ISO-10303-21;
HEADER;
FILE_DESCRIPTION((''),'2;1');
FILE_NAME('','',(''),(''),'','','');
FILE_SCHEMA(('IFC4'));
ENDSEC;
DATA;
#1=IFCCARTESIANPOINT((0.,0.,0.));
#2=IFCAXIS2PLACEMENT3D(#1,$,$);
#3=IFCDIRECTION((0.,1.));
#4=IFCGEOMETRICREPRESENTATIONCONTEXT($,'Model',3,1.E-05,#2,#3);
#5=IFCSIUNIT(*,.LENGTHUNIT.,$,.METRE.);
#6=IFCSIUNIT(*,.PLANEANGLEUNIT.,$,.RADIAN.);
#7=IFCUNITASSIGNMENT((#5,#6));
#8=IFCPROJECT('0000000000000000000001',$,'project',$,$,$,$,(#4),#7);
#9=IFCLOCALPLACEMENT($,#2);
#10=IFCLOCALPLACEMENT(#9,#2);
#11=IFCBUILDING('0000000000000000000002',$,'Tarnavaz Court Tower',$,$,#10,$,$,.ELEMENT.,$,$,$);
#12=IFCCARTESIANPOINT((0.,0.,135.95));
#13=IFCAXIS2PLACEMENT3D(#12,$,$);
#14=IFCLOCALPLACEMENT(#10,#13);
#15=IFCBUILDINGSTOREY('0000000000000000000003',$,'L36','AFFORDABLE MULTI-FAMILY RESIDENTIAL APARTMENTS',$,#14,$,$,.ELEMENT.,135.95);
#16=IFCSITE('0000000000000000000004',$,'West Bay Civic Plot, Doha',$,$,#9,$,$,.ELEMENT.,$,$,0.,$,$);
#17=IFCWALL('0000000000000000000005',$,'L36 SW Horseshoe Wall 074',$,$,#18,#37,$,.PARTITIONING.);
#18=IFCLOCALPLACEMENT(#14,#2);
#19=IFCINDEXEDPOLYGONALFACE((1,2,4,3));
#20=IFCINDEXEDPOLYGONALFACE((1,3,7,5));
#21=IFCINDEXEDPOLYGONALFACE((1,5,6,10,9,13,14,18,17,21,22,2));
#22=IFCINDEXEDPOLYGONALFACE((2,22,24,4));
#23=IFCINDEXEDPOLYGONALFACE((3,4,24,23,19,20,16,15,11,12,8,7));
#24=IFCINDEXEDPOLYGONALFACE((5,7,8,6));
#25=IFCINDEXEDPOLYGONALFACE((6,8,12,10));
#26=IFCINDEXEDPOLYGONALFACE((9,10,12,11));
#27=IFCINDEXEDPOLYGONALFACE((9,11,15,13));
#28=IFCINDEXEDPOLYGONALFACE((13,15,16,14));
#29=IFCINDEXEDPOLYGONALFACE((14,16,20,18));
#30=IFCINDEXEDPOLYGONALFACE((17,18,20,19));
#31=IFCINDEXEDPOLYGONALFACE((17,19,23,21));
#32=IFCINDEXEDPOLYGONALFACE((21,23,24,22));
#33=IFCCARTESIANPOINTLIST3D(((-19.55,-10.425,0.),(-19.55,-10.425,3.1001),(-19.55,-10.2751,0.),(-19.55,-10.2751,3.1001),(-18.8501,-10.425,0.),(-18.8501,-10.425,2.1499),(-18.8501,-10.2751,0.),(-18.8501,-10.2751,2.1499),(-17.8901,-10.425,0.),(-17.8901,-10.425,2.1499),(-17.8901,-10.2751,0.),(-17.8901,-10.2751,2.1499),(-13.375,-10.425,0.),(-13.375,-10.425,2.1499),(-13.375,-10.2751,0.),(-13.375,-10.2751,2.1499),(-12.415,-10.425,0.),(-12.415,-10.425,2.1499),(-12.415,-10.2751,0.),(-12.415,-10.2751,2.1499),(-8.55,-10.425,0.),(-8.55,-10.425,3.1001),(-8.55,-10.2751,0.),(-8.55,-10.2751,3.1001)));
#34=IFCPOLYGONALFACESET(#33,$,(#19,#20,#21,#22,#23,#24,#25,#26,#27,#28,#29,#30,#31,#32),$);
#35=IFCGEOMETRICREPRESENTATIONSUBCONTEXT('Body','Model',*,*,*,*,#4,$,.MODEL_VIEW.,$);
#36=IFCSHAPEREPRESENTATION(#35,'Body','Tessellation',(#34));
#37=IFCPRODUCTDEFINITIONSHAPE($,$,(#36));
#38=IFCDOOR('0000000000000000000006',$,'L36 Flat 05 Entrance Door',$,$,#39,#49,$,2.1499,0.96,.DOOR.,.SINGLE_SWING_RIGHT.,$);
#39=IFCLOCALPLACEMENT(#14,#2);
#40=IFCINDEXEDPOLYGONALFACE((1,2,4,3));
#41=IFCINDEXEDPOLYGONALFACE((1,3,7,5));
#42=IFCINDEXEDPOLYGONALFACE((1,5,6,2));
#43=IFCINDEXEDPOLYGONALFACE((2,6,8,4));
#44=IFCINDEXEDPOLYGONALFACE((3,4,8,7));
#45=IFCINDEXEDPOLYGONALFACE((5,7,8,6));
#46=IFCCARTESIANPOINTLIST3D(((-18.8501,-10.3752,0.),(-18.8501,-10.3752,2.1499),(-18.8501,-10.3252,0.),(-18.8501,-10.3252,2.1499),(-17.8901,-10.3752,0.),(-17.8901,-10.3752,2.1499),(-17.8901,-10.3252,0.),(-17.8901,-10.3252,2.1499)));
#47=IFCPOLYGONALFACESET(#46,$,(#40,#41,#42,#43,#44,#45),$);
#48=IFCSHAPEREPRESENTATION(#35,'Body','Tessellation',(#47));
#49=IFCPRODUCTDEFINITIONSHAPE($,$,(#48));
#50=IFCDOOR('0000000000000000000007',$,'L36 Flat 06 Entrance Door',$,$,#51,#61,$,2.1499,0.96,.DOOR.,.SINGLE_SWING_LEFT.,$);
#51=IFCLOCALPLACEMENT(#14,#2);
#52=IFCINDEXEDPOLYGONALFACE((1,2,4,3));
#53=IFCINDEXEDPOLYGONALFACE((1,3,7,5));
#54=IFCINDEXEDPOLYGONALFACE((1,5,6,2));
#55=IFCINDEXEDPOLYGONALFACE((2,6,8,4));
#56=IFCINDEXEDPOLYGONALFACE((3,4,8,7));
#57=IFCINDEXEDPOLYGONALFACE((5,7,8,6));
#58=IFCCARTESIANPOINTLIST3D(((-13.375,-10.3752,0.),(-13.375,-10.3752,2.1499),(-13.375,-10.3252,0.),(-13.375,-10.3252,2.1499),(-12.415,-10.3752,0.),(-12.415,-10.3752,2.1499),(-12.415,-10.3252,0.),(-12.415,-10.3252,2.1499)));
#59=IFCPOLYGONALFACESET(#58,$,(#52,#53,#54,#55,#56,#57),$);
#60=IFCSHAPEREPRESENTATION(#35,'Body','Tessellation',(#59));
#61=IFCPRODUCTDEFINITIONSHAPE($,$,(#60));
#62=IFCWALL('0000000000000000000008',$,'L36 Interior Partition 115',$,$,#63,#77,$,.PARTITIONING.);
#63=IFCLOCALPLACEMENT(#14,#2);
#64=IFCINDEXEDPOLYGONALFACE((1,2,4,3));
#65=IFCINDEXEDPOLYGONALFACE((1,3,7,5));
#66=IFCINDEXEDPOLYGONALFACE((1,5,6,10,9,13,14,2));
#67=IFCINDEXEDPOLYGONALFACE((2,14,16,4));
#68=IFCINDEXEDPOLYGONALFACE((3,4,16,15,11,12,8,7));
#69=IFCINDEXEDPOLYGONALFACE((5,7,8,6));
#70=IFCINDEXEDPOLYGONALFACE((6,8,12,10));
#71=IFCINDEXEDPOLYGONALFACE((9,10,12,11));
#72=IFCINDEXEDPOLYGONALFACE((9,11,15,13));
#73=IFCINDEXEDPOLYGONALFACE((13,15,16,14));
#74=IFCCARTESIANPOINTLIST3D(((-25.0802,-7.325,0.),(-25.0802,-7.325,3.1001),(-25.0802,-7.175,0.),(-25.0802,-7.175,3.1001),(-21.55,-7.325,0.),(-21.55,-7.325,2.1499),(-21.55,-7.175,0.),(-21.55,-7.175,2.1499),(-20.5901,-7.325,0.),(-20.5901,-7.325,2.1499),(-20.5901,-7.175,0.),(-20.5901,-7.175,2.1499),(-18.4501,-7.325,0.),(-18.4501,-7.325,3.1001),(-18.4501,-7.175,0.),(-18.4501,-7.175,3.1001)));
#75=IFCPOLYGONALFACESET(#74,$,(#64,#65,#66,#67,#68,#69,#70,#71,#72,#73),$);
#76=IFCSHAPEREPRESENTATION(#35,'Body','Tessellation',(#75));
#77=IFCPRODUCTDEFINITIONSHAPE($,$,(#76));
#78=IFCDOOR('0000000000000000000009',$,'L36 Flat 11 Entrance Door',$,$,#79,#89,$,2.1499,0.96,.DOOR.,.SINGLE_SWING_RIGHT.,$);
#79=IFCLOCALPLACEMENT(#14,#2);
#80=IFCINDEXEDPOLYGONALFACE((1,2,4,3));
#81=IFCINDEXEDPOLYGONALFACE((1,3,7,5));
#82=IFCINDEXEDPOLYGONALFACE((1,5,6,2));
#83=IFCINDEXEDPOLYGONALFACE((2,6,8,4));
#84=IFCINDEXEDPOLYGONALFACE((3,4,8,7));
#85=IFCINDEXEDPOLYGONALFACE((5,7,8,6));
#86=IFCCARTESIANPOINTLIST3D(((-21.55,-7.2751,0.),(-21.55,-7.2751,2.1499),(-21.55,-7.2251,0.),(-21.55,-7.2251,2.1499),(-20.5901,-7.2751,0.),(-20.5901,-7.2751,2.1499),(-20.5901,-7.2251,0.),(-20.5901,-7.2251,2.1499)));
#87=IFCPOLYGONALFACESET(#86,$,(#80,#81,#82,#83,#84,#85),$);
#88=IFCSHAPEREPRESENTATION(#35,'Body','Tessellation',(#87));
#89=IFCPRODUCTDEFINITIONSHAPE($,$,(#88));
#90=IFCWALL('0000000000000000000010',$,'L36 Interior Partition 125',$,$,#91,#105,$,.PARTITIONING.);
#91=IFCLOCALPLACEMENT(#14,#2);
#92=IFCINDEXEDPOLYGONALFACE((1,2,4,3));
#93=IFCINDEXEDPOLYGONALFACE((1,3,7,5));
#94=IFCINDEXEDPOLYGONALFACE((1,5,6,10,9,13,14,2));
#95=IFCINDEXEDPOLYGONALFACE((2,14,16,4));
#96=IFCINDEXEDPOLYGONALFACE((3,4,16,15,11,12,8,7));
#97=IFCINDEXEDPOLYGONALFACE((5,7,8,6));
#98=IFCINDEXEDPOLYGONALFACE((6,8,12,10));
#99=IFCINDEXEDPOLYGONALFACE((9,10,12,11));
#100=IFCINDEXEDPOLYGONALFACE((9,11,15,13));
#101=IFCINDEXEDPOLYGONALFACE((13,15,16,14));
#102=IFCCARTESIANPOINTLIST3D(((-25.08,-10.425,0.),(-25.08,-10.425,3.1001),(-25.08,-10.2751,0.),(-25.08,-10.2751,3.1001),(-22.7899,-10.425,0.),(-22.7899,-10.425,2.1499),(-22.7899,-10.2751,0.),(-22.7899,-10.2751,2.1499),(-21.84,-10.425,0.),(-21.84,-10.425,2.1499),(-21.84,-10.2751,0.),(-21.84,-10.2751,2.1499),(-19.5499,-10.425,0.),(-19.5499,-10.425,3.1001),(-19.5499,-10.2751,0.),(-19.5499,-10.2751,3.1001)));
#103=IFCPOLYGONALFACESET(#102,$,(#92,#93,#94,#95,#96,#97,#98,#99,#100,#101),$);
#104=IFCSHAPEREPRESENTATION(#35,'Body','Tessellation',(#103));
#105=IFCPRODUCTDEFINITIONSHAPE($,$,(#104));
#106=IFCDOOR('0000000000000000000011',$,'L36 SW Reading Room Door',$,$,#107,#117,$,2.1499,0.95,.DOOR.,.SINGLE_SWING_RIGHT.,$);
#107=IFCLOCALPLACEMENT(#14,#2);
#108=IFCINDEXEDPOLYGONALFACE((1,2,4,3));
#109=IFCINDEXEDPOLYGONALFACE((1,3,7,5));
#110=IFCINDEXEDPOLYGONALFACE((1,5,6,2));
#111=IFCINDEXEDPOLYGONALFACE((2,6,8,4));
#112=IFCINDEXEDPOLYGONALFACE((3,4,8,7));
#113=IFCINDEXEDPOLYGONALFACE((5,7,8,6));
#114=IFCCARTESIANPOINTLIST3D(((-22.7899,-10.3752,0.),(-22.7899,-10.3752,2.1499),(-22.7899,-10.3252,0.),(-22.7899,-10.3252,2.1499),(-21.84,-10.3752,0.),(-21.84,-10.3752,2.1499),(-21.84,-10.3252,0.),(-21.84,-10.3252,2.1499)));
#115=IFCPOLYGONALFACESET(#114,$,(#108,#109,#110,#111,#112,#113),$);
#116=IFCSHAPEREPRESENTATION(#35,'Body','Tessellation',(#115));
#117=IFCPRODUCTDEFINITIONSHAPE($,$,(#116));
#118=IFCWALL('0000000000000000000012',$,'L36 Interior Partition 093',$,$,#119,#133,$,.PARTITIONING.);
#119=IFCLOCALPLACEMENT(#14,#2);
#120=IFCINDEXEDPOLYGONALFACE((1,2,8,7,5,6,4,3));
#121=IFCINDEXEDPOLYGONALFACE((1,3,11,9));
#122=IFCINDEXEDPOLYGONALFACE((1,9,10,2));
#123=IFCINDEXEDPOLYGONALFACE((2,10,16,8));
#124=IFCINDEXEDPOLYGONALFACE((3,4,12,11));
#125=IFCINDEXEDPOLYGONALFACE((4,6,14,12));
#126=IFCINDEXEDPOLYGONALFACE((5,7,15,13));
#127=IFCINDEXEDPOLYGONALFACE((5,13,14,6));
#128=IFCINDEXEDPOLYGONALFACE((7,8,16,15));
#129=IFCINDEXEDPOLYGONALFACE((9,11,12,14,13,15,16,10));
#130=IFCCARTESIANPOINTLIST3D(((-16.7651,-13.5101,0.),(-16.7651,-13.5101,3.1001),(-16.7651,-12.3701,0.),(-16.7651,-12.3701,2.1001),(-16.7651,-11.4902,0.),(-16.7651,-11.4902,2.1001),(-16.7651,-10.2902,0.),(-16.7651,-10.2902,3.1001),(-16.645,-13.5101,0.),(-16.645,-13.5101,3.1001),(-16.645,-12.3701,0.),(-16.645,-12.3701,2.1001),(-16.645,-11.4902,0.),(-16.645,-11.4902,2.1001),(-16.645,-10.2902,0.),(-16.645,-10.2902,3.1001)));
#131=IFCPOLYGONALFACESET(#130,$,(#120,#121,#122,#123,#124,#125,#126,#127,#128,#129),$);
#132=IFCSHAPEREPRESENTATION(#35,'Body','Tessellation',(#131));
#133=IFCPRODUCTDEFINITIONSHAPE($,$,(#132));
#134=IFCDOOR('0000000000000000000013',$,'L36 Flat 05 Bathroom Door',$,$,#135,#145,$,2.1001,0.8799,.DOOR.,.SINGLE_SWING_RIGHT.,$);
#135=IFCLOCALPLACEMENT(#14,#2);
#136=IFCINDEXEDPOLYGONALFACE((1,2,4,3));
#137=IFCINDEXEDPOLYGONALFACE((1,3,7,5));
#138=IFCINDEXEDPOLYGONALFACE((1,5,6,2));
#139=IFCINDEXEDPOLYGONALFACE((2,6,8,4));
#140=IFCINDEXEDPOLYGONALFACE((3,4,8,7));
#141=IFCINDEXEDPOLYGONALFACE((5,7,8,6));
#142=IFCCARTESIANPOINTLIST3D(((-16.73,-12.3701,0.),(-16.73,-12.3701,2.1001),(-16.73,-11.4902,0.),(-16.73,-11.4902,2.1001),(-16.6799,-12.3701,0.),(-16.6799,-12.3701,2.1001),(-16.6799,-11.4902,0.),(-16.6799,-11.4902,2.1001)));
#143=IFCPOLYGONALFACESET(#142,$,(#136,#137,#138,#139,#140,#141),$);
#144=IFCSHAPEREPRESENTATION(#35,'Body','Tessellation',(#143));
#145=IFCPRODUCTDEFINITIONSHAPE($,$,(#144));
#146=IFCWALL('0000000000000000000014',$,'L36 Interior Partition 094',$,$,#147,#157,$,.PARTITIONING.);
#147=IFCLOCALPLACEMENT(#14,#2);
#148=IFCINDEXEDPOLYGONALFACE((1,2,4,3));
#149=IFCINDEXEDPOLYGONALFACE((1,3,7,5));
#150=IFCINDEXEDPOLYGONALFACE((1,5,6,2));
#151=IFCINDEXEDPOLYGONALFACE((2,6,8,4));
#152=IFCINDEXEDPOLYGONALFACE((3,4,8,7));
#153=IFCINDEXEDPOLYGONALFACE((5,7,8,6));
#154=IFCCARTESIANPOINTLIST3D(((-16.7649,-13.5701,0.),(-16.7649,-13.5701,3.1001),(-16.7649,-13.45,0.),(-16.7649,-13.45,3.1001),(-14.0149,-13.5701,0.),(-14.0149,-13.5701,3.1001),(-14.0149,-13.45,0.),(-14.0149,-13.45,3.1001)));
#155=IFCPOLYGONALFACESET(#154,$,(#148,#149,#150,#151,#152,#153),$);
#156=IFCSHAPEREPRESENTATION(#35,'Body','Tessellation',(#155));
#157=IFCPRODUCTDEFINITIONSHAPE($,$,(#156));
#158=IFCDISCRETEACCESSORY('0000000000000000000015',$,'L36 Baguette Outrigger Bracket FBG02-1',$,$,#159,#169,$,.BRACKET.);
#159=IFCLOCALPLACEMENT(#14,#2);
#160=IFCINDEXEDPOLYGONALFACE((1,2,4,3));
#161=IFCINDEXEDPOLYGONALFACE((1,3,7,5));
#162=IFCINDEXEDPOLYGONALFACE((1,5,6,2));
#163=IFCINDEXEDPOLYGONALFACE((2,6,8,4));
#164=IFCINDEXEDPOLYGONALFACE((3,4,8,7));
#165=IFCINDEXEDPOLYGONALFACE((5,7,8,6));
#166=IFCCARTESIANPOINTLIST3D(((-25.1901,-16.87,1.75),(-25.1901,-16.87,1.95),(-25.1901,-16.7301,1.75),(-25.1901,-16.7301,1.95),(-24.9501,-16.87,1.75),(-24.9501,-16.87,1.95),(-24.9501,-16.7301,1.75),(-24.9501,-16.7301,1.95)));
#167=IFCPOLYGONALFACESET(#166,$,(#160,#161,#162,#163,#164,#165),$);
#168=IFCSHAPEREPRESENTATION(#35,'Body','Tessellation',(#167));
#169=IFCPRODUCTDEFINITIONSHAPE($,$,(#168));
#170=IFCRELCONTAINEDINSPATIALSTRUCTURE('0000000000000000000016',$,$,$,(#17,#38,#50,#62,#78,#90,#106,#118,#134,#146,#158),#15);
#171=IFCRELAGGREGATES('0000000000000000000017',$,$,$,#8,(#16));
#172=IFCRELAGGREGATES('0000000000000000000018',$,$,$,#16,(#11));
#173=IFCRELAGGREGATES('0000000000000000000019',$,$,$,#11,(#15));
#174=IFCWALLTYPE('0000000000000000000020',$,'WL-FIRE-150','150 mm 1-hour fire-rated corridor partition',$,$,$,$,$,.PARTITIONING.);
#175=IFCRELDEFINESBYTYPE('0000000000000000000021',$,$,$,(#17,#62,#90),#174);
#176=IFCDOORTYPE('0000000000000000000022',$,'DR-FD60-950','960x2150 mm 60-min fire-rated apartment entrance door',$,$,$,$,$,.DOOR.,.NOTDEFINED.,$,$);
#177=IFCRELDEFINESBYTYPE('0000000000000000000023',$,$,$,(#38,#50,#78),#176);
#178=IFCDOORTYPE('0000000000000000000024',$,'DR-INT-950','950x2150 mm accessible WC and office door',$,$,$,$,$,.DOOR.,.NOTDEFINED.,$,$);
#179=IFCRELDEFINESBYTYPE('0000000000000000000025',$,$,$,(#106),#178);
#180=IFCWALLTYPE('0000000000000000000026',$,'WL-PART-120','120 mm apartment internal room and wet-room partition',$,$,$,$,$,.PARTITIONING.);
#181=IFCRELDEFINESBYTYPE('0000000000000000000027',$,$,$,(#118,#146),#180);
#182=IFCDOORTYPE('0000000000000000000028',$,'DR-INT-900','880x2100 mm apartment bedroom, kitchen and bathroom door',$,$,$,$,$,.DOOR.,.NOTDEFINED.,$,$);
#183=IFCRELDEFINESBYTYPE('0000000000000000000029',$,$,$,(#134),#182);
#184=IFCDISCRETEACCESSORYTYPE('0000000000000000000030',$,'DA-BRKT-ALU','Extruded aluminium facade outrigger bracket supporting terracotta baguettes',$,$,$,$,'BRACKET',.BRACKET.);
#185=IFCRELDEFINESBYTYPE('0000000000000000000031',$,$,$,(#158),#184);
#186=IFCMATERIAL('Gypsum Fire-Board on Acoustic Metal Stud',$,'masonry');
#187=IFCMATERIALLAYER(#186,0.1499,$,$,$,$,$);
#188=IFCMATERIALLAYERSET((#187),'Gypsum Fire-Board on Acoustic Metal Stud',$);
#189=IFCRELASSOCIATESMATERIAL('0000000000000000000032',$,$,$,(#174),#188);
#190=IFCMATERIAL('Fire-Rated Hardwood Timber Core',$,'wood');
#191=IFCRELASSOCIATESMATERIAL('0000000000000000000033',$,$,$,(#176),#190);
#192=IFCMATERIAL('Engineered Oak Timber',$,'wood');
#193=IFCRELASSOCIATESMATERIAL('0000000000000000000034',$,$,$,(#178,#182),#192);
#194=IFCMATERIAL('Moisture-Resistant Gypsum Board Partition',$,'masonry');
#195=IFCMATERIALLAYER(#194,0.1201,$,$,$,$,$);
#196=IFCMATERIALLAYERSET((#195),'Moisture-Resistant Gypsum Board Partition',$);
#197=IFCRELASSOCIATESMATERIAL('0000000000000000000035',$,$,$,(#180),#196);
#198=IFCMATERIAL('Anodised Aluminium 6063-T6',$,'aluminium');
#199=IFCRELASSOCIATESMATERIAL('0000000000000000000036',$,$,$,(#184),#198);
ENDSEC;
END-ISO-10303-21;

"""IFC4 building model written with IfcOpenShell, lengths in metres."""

from ifc_helpers import new_model, si_unit, direction, frame, frame_2d, origin, origin_2d, place, context, subcontext, project, spatial, rectangle, extrude, material, layer, layer_set, type_object, element, fill, save


model = new_model("IFC4")

# Units and contexts
model_context = context("Model", 3, precision=1e-05, world=origin(), true_north=direction((0.0, 1.0)))
body_context = subcontext(model_context, "Body", "Model", "MODEL_VIEW")
ifc_project = project(units=[si_unit("LENGTHUNIT", "METRE"), si_unit("PLANEANGLEUNIT", "RADIAN")], contexts=[model_context])

# Site, building, storey
site_placement = place(None, origin())
site = spatial("IfcSite", under=ifc_project, at=site_placement, Name="West Bay Civic Plot, Doha", CompositionType="ELEMENT", RefElevation=0.0)
building_placement = place(site_placement, origin())
building = spatial("IfcBuilding", under=site, at=building_placement, Name="Tarnavaz Court Tower", CompositionType="ELEMENT")
storey_placement = place(building_placement, frame((0.0, 0.0, 135.95)))
storey = spatial("IfcBuildingStorey", under=building, at=storey_placement, Name="L36", Description="AFFORDABLE MULTI-FAMILY RESIDENTIAL APARTMENTS", CompositionType="ELEMENT", Elevation=135.95)

# Wall, openings, doors
ifc_material_1 = material(Name="Gypsum Fire-Board on Acoustic Metal Stud", Category="masonry")
ifc_layer_1 = layer(ifc_material_1, 0.1499)
ifc_layer_set_1 = layer_set([ifc_layer_1], Name="Gypsum Fire-Board on Acoustic Metal Stud")
wall_type_1 = type_object("IfcWallType", Name="WL-FIRE-150", Description="150 mm 1-hour fire-rated corridor partition", PredefinedType="PARTITIONING", material=ifc_layer_set_1)
wall_1_placement = place(storey_placement, frame((-19.55, -10.3501, 0.0), z_axis=(0.0, 0.0, 1.0), x_axis=(1.0, 0.0, 0.0)))
wall_1 = element("IfcWall", 1, at=wall_1_placement, inside=storey, type_object=wall_type_1, Name="L36 SW Horseshoe Wall 074", PredefinedType="PARTITIONING", context=body_context, shape_type="SweptSolid", body=[
    extrude(rectangle(XDim=11.0, YDim=0.1499, at=frame_2d((5.5, 0.0))), origin(), (0.0, 0.0, 1.0), 3.1001),
])
opening_1_placement = place(wall_1_placement, frame((0.7, 0.0, 0.0)))
opening_1 = element("IfcOpeningElement", 2, at=opening_1_placement, cuts=wall_1, PredefinedType="OPENING", context=body_context, shape_type="SweptSolid", body=[
    extrude(rectangle(XDim=0.96, YDim=2.1499, at=frame_2d((0.48, 1.075))), frame((0.0, 0.085, 0.0), z_axis=(0.0, -1.0, 0.0), x_axis=(1.0, 0.0, 0.0)), (0.0, 0.0, 1.0), 0.1699),
])
opening_2_placement = place(wall_1_placement, frame((6.175, 0.0, 0.0)))
opening_2 = element("IfcOpeningElement", 3, at=opening_2_placement, cuts=wall_1, PredefinedType="OPENING", context=body_context, shape_type="SweptSolid", body=[
    extrude(rectangle(XDim=0.96, YDim=2.1499, at=frame_2d((0.48, 1.075))), frame((0.0, 0.085, 0.0), z_axis=(0.0, -1.0, 0.0), x_axis=(1.0, 0.0, 0.0)), (0.0, 0.0, 1.0), 0.1699),
])
ifc_material_2 = material(Name="Fire-Rated Hardwood Timber Core", Category="wood")
door_type_1 = type_object("IfcDoorType", Name="DR-FD60-950", Description="960x2150 mm 60-min fire-rated apartment entrance door", OperationType="NOTDEFINED", PredefinedType="DOOR", material=ifc_material_2)
door_1_placement = place(opening_1_placement, origin())
door_1 = element("IfcDoor", 4, at=door_1_placement, inside=storey, type_object=door_type_1, Name="L36 Flat 05 Entrance Door", OperationType="SINGLE_SWING_RIGHT", OverallHeight=2.1499, OverallWidth=0.96, PredefinedType="DOOR", context=body_context, shape_type="SweptSolid", body=[
    extrude(rectangle(XDim=0.96, YDim=2.1499, at=frame_2d((0.48, 1.075))), frame((0.0, 0.0249, 0.0), z_axis=(0.0, -1.0, 0.0), x_axis=(1.0, 0.0, 0.0)), (0.0, 0.0, 1.0), 0.05),
])
fill(opening_1, door_1)
door_2_placement = place(opening_2_placement, origin())
door_2 = element("IfcDoor", 5, at=door_2_placement, inside=storey, type_object=door_type_1, Name="L36 Flat 06 Entrance Door", OperationType="SINGLE_SWING_LEFT", OverallHeight=2.1499, OverallWidth=0.96, PredefinedType="DOOR", context=body_context, shape_type="SweptSolid", body=[
    extrude(rectangle(XDim=0.96, YDim=2.1499, at=frame_2d((0.48, 1.075))), frame((0.0, 0.0249, 0.0), z_axis=(0.0, -1.0, 0.0), x_axis=(1.0, 0.0, 0.0)), (0.0, 0.0, 1.0), 0.05),
])
fill(opening_2, door_2)

# Walls, openings, doors
wall_2_placement = place(storey_placement, frame((-25.0801, -7.25, 0.0), z_axis=(0.0, 0.0, 1.0), x_axis=(1.0, 0.0, 0.0)))
wall_2 = element("IfcWall", 6, at=wall_2_placement, inside=storey, type_object=wall_type_1, Name="L36 Interior Partition 115", PredefinedType="PARTITIONING", context=body_context, shape_type="SweptSolid", body=[
    extrude(rectangle(XDim=6.6301, YDim=0.1499, at=frame_2d((3.3149, 0.0))), origin(), (0.0, 0.0, 1.0), 3.1001),
])
opening_3_placement = place(wall_2_placement, frame((3.53, 0.0, 0.0)))
opening_3 = element("IfcOpeningElement", 7, at=opening_3_placement, cuts=wall_2, PredefinedType="OPENING", context=body_context, shape_type="SweptSolid", body=[
    extrude(rectangle(XDim=0.96, YDim=2.1499, at=frame_2d((0.48, 1.075))), frame((0.0, 0.085, 0.0), z_axis=(0.0, -1.0, 0.0), x_axis=(1.0, 0.0, 0.0)), (0.0, 0.0, 1.0), 0.1699),
])
door_3_placement = place(opening_3_placement, origin())
door_3 = element("IfcDoor", 8, at=door_3_placement, inside=storey, type_object=door_type_1, Name="L36 Flat 11 Entrance Door", OperationType="SINGLE_SWING_RIGHT", OverallHeight=2.1499, OverallWidth=0.96, PredefinedType="DOOR", context=body_context, shape_type="SweptSolid", body=[
    extrude(rectangle(XDim=0.96, YDim=2.1499, at=frame_2d((0.48, 1.075))), frame((0.0, 0.0249, 0.0), z_axis=(0.0, -1.0, 0.0), x_axis=(1.0, 0.0, 0.0)), (0.0, 0.0, 1.0), 0.05),
])
fill(opening_3, door_3)
wall_3_placement = place(storey_placement, frame((-25.0801, -10.3501, 0.0), z_axis=(0.0, 0.0, 1.0), x_axis=(1.0, 0.0, 0.0)))
wall_3 = element("IfcWall", 9, at=wall_3_placement, inside=storey, type_object=wall_type_1, Name="L36 Interior Partition 125", PredefinedType="PARTITIONING", context=body_context, shape_type="SweptSolid", body=[
    extrude(rectangle(XDim=5.53, YDim=0.1499, at=frame_2d((2.7651, 0.0))), origin(), (0.0, 0.0, 1.0), 3.1001),
])
opening_4_placement = place(wall_3_placement, frame((2.29, 0.0, 0.0)))
opening_4 = element("IfcOpeningElement", 10, at=opening_4_placement, cuts=wall_3, PredefinedType="OPENING", context=body_context, shape_type="SweptSolid", body=[
    extrude(rectangle(XDim=0.95, YDim=2.1499, at=frame_2d((0.4751, 1.075))), frame((0.0, 0.085, 0.0), z_axis=(0.0, -1.0, 0.0), x_axis=(1.0, 0.0, 0.0)), (0.0, 0.0, 1.0), 0.1699),
])
ifc_material_3 = material(Name="Engineered Oak Timber", Category="wood")
door_type_2 = type_object("IfcDoorType", Name="DR-INT-950", Description="950x2150 mm accessible WC and office door", OperationType="NOTDEFINED", PredefinedType="DOOR", material=ifc_material_3)
door_4_placement = place(opening_4_placement, origin())
door_4 = element("IfcDoor", 11, at=door_4_placement, inside=storey, type_object=door_type_2, Name="L36 SW Reading Room Door", OperationType="SINGLE_SWING_RIGHT", OverallHeight=2.1499, OverallWidth=0.95, PredefinedType="DOOR", context=body_context, shape_type="SweptSolid", body=[
    extrude(rectangle(XDim=0.95, YDim=2.1499, at=frame_2d((0.4751, 1.075))), frame((0.0, 0.0249, 0.0), z_axis=(0.0, -1.0, 0.0), x_axis=(1.0, 0.0, 0.0)), (0.0, 0.0, 1.0), 0.05),
])
fill(opening_4, door_4)
ifc_material_4 = material(Name="Moisture-Resistant Gypsum Board Partition", Category="masonry")
ifc_layer_2 = layer(ifc_material_4, 0.1201)
ifc_layer_set_2 = layer_set([ifc_layer_2], Name="Moisture-Resistant Gypsum Board Partition")
wall_type_2 = type_object("IfcWallType", Name="WL-PART-120", Description="120 mm apartment internal room and wet-room partition", PredefinedType="PARTITIONING", material=ifc_layer_set_2)
wall_4_placement = place(storey_placement, frame((-16.7051, -13.51, 0.0), z_axis=(0.0, 0.0, 1.0), x_axis=(0.0, 1.0, 0.0)))
wall_4 = element("IfcWall", 12, at=wall_4_placement, inside=storey, type_object=wall_type_2, Name="L36 Interior Partition 093", PredefinedType="PARTITIONING", context=body_context, shape_type="SweptSolid", body=[
    extrude(rectangle(XDim=3.22, YDim=0.1201, at=frame_2d((1.6099, 0.0))), origin(), (0.0, 0.0, 1.0), 3.1001),
])
opening_5_placement = place(wall_4_placement, frame((1.1399, 0.0, 0.0)))
opening_5 = element("IfcOpeningElement", 13, at=opening_5_placement, cuts=wall_4, PredefinedType="OPENING", context=body_context, shape_type="SweptSolid", body=[
    extrude(rectangle(XDim=0.8799, YDim=2.1001, at=frame_2d((0.4399, 1.05))), frame((0.0, 0.0701, 0.0), z_axis=(0.0, -1.0, 0.0), x_axis=(1.0, 0.0, 0.0)), (0.0, 0.0, 1.0), 0.1401),
])
door_type_3 = type_object("IfcDoorType", Name="DR-INT-900", Description="880x2100 mm apartment bedroom, kitchen and bathroom door", OperationType="NOTDEFINED", PredefinedType="DOOR", material=ifc_material_3)
door_5_placement = place(opening_5_placement, origin())
door_5 = element("IfcDoor", 14, at=door_5_placement, inside=storey, type_object=door_type_3, Name="L36 Flat 05 Bathroom Door", OperationType="SINGLE_SWING_RIGHT", OverallHeight=2.1001, OverallWidth=0.8799, PredefinedType="DOOR", context=body_context, shape_type="SweptSolid", body=[
    extrude(rectangle(XDim=0.8799, YDim=2.1001, at=frame_2d((0.4399, 1.05))), frame((0.0, 0.0249, 0.0), z_axis=(0.0, -1.0, 0.0), x_axis=(1.0, 0.0, 0.0)), (0.0, 0.0, 1.0), 0.05),
])
fill(opening_5, door_5)

# Wall
wall_5_placement = place(storey_placement, frame((-16.7649, -13.51, 0.0), z_axis=(0.0, 0.0, 1.0), x_axis=(1.0, 0.0, 0.0)))
element("IfcWall", 15, at=wall_5_placement, inside=storey, type_object=wall_type_2, Name="L36 Interior Partition 094", PredefinedType="PARTITIONING", context=body_context, shape_type="SweptSolid", body=[
    extrude(rectangle(XDim=2.75, YDim=0.1201, at=frame_2d((1.375, 0.0))), origin(), (0.0, 0.0, 1.0), 3.1001),
])

# Discrete accessory
ifc_material_5 = material(Name="Anodised Aluminium 6063-T6", Category="aluminium")
discrete_accessory_type = type_object("IfcDiscreteAccessoryType", Name="DA-BRKT-ALU", Description="Extruded aluminium facade outrigger bracket supporting terracotta baguettes", ElementType="BRACKET", PredefinedType="BRACKET", material=ifc_material_5)
discrete_accessory_placement = place(storey_placement, frame((-25.0701, -16.8, 1.75), z_axis=(0.0, 0.0, 1.0), x_axis=(0.0, 1.0, 0.0)))
element("IfcDiscreteAccessory", 16, at=discrete_accessory_placement, inside=storey, type_object=discrete_accessory_type, Name="L36 Baguette Outrigger Bracket FBG02-1", PredefinedType="BRACKET", context=body_context, shape_type="SweptSolid", body=[
    extrude(rectangle(XDim=0.1399, YDim=0.24, at=origin_2d()), origin(), (0.0, 0.0, 1.0), 0.2),
])

save(model, "model.ifc")
